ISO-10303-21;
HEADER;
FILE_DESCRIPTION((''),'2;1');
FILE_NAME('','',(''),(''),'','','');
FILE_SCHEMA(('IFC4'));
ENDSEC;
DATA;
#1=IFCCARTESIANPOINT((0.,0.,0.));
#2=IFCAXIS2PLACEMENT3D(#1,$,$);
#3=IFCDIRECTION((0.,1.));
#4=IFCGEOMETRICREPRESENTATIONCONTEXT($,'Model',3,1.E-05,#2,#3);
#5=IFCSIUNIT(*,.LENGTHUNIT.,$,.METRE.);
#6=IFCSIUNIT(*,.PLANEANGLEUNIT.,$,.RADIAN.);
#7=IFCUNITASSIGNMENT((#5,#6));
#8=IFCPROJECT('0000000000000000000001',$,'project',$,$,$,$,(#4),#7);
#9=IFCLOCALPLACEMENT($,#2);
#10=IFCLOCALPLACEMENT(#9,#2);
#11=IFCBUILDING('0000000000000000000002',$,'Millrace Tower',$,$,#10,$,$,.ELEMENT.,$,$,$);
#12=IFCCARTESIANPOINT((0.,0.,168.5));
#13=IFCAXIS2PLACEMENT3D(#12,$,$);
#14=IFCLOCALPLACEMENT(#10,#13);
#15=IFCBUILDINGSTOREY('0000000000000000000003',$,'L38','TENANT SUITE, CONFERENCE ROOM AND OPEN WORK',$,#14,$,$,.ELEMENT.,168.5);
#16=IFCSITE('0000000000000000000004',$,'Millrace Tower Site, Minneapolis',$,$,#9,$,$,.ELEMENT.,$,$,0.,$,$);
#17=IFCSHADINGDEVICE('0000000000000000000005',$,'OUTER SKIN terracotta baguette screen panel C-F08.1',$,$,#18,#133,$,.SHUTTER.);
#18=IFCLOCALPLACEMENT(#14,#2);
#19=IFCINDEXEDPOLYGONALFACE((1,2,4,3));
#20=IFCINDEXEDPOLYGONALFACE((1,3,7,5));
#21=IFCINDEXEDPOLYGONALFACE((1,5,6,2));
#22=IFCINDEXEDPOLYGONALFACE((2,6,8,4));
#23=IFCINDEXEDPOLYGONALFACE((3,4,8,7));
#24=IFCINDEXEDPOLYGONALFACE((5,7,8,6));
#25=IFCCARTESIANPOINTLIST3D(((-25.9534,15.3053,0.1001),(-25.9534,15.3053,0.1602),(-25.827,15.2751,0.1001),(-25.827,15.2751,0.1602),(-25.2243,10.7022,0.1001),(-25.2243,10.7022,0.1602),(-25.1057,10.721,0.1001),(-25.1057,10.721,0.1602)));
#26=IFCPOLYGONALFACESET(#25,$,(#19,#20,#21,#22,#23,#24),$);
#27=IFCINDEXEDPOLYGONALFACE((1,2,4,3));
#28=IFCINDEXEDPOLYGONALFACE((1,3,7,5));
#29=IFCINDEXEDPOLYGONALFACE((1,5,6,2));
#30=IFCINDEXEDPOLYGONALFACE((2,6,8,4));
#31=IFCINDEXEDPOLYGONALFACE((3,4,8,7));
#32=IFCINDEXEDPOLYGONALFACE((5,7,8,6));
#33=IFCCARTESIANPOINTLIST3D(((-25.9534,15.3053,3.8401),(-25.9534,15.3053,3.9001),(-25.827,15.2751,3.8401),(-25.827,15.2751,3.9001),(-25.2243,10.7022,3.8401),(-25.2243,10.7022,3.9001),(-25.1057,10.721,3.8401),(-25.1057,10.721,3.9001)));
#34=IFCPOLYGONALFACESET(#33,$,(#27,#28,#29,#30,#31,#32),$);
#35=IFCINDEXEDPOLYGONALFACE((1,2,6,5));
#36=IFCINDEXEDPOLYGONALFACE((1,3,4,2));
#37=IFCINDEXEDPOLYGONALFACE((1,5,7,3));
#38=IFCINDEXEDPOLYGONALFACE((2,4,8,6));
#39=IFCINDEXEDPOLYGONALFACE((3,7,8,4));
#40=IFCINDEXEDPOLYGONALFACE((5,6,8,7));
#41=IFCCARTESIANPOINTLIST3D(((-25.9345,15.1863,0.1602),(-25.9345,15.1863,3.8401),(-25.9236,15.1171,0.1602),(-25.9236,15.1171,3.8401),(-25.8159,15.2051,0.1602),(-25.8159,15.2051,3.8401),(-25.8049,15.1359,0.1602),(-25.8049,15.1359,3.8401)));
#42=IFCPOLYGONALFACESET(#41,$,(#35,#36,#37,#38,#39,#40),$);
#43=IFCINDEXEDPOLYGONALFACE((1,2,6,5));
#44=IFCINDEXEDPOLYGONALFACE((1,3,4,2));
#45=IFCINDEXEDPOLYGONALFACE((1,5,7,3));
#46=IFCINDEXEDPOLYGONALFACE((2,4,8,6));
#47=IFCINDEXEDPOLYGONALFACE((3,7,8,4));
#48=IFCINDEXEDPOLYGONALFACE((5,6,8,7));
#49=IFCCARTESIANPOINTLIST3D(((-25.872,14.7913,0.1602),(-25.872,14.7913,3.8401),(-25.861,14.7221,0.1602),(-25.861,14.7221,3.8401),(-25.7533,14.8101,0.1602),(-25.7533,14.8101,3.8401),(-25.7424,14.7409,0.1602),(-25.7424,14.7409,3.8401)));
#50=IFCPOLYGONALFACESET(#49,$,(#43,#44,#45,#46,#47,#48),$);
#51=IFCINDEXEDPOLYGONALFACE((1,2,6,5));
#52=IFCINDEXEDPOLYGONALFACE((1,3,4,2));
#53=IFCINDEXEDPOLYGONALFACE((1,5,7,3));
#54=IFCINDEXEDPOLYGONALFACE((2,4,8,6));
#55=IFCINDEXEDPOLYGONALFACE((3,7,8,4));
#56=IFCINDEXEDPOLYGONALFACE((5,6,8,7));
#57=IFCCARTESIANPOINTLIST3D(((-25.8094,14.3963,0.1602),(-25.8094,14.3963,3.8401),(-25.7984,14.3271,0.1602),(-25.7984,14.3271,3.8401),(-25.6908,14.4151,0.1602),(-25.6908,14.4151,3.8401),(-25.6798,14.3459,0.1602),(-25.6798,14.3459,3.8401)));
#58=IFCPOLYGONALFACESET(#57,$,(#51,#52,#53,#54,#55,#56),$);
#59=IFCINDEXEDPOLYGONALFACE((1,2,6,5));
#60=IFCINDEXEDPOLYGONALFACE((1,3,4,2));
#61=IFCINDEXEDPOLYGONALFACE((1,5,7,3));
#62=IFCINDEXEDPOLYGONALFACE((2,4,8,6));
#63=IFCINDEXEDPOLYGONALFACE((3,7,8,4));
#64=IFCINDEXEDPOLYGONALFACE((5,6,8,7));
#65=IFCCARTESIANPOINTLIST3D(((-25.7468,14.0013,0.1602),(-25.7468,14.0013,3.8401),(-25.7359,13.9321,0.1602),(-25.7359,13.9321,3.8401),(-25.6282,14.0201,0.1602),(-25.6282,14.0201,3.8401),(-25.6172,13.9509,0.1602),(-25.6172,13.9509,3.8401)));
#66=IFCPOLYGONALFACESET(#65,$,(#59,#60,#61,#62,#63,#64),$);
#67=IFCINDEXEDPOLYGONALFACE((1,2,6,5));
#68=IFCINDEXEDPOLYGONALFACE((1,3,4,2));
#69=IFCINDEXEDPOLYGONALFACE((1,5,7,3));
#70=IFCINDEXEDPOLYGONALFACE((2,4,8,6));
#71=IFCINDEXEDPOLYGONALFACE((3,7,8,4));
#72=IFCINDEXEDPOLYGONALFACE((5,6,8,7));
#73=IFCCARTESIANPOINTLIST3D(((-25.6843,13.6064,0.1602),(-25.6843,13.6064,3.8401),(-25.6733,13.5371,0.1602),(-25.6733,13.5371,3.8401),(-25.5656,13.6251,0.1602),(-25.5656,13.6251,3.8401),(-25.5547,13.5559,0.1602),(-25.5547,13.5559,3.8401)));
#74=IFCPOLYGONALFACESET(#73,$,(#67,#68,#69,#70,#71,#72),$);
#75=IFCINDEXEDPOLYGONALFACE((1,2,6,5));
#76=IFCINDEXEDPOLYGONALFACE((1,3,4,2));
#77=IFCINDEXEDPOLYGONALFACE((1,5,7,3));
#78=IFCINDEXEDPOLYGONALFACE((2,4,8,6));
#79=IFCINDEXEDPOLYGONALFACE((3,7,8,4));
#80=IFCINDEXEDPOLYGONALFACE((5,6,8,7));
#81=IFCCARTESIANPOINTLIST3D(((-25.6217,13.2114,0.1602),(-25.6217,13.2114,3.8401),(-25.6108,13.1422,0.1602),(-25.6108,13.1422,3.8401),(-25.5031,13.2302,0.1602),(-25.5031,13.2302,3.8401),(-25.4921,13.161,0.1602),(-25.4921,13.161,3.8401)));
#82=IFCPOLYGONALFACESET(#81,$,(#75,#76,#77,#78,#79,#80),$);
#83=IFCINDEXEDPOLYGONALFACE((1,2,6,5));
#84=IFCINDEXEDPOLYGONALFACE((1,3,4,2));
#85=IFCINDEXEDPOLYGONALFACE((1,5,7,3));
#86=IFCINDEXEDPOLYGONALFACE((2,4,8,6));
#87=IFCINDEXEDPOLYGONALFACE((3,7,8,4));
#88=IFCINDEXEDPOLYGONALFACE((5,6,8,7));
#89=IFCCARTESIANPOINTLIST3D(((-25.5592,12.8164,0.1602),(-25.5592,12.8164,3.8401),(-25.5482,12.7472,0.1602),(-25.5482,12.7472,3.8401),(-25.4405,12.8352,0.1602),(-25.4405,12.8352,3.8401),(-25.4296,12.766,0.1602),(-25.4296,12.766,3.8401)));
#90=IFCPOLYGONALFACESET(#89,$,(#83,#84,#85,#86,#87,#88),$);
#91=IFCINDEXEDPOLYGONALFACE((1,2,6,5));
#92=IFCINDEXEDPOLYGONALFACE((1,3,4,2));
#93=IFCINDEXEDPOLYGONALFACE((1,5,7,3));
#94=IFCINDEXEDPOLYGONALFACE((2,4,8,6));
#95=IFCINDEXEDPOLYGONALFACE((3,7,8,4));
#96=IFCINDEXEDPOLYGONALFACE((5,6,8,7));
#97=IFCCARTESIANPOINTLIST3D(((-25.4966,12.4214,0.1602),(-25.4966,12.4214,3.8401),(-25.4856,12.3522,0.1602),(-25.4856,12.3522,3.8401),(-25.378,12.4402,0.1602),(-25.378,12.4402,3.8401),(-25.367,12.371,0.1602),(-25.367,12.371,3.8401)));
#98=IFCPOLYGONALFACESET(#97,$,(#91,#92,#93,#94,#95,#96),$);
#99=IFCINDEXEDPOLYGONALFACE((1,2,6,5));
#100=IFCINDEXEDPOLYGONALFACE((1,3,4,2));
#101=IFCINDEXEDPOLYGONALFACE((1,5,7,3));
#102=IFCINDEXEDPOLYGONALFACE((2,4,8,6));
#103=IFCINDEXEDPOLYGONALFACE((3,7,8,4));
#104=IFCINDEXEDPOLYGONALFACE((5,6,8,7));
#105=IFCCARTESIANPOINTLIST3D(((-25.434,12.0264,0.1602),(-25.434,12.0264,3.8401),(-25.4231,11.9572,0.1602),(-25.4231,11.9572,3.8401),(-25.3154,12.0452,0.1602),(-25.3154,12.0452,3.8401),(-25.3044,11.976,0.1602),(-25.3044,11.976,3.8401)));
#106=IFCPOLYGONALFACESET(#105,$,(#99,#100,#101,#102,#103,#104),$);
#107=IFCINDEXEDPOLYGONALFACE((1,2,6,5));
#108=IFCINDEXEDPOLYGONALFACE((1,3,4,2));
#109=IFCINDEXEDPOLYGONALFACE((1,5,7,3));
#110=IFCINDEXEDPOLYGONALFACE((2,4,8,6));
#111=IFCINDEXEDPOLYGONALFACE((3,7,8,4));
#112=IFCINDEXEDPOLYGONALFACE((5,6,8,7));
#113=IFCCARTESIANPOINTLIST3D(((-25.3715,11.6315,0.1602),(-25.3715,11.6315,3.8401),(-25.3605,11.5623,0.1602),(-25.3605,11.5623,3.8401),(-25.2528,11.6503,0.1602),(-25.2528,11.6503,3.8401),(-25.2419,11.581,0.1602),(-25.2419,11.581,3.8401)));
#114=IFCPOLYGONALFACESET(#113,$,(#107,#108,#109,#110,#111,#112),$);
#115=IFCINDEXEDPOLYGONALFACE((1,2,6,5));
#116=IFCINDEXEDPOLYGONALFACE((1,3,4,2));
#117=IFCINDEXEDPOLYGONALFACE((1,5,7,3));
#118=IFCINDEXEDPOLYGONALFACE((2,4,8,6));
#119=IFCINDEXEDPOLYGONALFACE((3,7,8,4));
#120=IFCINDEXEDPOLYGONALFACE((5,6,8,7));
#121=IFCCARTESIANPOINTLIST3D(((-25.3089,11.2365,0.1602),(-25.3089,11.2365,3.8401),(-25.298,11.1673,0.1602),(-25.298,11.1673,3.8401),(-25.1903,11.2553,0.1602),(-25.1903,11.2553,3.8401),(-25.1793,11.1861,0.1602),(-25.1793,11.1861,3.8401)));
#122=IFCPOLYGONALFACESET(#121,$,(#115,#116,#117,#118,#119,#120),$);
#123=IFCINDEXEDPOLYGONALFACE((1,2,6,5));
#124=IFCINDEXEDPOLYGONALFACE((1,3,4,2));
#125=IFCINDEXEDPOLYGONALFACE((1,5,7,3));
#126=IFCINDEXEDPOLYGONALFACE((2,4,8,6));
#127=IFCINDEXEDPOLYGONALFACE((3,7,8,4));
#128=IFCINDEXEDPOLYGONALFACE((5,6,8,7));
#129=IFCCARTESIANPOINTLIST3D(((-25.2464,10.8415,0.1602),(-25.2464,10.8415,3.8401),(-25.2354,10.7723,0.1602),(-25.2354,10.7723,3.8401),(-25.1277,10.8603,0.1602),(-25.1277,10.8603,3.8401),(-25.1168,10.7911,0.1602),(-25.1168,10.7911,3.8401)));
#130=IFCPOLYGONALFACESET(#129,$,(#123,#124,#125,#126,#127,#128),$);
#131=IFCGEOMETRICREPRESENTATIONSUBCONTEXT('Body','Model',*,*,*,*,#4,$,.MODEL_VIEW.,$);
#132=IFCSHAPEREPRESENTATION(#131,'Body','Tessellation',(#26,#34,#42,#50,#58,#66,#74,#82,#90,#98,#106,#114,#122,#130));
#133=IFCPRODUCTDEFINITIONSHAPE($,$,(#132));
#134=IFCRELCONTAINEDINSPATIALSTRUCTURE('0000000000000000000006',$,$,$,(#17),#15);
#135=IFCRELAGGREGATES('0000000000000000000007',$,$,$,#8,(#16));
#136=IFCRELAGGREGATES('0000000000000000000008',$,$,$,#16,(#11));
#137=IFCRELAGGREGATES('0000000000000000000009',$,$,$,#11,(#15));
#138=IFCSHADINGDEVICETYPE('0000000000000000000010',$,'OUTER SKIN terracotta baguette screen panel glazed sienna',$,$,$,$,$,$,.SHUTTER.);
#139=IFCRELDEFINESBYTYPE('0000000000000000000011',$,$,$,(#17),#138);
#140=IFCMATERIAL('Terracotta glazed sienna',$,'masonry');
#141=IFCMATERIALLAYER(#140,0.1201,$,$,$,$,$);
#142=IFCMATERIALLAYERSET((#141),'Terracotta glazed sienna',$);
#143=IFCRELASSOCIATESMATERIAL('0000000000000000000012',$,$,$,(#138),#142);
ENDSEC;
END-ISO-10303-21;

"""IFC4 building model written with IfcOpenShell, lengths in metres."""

from ifc_helpers import new_model, entity, si_unit, direction, frame, frame_2d, origin, place, context, subcontext, project, spatial, rectangle, extrude, source, transform, mapped, material, layer, layer_set, type_object, element, save


model = new_model("IFC4")

# Units and contexts
model_context = context("Model", 3, precision=1e-05, world=origin(), true_north=direction((0.0, 1.0)))
body_context = subcontext(model_context, "Body", "Model", "MODEL_VIEW")
ifc_project = project(units=[si_unit("LENGTHUNIT", "METRE"), si_unit("PLANEANGLEUNIT", "RADIAN")], contexts=[model_context])

# Site, building, storey
site_placement = place(None, origin())
site = spatial("IfcSite", under=ifc_project, at=site_placement, Name="Millrace Tower Site, Minneapolis", CompositionType="ELEMENT", RefElevation=0.0)
building_placement = place(site_placement, origin())
building = spatial("IfcBuilding", under=site, at=building_placement, Name="Millrace Tower", CompositionType="ELEMENT")
storey_placement = place(building_placement, frame((0.0, 0.0, 168.5)))
storey = spatial("IfcBuildingStorey", under=building, at=storey_placement, Name="L38", Description="TENANT SUITE, CONFERENCE ROOM AND OPEN WORK", CompositionType="ELEMENT", Elevation=168.5)

# Shading device
ifc_material_1 = material(Name="Terracotta glazed sienna", Category="masonry")
ifc_layer_1 = layer(ifc_material_1, 0.1201)
ifc_layer_set_1 = layer_set([ifc_layer_1], Name="Terracotta glazed sienna")
shading_device_type = type_object("IfcShadingDeviceType", Name="OUTER SKIN terracotta baguette screen panel glazed sienna", PredefinedType="SHUTTER", material=ifc_layer_set_1)
cartesian_point_1 = entity("IfcCartesianPoint", [-2.293, 0.0601])
shared_polyline_1 = entity("IfcPolyline", [cartesian_point_1, entity("IfcCartesianPoint", [2.3179, 0.0601]), entity("IfcCartesianPoint", [2.3179, -0.0601]), entity("IfcCartesianPoint", [-2.3425, -0.0601]), cartesian_point_1])
shared_shape_1 = source(origin(), body_context, "Body", "SweptSolid", [
    entity("IfcExtrudedAreaSolid", entity("IfcArbitraryClosedProfileDef", "AREA", None, shared_polyline_1), entity("IfcAxis2Placement3D", entity("IfcCartesianPoint", [0.0, 0.0, 0.0])), entity("IfcDirection", [0.0, 0.0, 1.0]), 0.0601),
    entity("IfcExtrudedAreaSolid", entity("IfcArbitraryClosedProfileDef", "AREA", None, shared_polyline_1), entity("IfcAxis2Placement3D", entity("IfcCartesianPoint", [0.0, 0.0, 3.74])), entity("IfcDirection", [0.0, 0.0, 1.0]), 0.0601),
    extrude(rectangle(XDim=0.0701, YDim=0.1201, at=frame_2d((-2.187, 0.0))), frame((0.0, 0.0, 0.0601)), (0.0, 0.0, 1.0), 3.6799),
    extrude(rectangle(XDim=0.0701, YDim=0.1201, at=frame_2d((-1.7871, 0.0))), frame((0.0, 0.0, 0.0601)), (0.0, 0.0, 1.0), 3.6799),
    extrude(rectangle(XDim=0.0701, YDim=0.1201, at=frame_2d((-1.3872, 0.0))), frame((0.0, 0.0, 0.0601)), (0.0, 0.0, 1.0), 3.6799),
    extrude(rectangle(XDim=0.0701, YDim=0.1201, at=frame_2d((-0.9873, 0.0))), frame((0.0, 0.0, 0.0601)), (0.0, 0.0, 1.0), 3.6799),
    extrude(rectangle(XDim=0.0701, YDim=0.1201, at=frame_2d((-0.5874, 0.0))), frame((0.0, 0.0, 0.0601)), (0.0, 0.0, 1.0), 3.6799),
    extrude(rectangle(XDim=0.0701, YDim=0.1201, at=frame_2d((-0.1875, 0.0))), frame((0.0, 0.0, 0.0601)), (0.0, 0.0, 1.0), 3.6799),
    extrude(rectangle(XDim=0.0701, YDim=0.1201, at=frame_2d((0.2124, 0.0))), frame((0.0, 0.0, 0.0601)), (0.0, 0.0, 1.0), 3.6799),
    extrude(rectangle(XDim=0.0701, YDim=0.1201, at=frame_2d((0.6123, 0.0))), frame((0.0, 0.0, 0.0601)), (0.0, 0.0, 1.0), 3.6799),
    extrude(rectangle(XDim=0.0701, YDim=0.1201, at=frame_2d((1.0122, 0.0))), frame((0.0, 0.0, 0.0601)), (0.0, 0.0, 1.0), 3.6799),
    extrude(rectangle(XDim=0.0701, YDim=0.1201, at=frame_2d((1.4121, 0.0))), frame((0.0, 0.0, 0.0601)), (0.0, 0.0, 1.0), 3.6799),
    extrude(rectangle(XDim=0.0701, YDim=0.1201, at=frame_2d((1.812, 0.0))), frame((0.0, 0.0, 0.0601)), (0.0, 0.0, 1.0), 3.6799),
    extrude(rectangle(XDim=0.0701, YDim=0.1201, at=frame_2d((2.2119, 0.0))), frame((0.0, 0.0, 0.0601)), (0.0, 0.0, 1.0), 3.6799),
])
shading_device_1_placement = place(storey_placement, frame((-25.5276, 13.001, 0.1001), z_axis=(0.0, 0.0, 1.0), x_axis=(0.156434, -0.987688, 0.0)))
element("IfcShadingDevice", 1, at=shading_device_1_placement, inside=storey, type_object=shading_device_type, Name="OUTER SKIN terracotta baguette screen panel C-F08.1", PredefinedType="SHUTTER", context=body_context, shape_type="MappedRepresentation", body=[
    mapped(shared_shape_1, transform((0.0, 0.0, 0.0), scale=1.0)),
])

save(model, "model.ifc")
